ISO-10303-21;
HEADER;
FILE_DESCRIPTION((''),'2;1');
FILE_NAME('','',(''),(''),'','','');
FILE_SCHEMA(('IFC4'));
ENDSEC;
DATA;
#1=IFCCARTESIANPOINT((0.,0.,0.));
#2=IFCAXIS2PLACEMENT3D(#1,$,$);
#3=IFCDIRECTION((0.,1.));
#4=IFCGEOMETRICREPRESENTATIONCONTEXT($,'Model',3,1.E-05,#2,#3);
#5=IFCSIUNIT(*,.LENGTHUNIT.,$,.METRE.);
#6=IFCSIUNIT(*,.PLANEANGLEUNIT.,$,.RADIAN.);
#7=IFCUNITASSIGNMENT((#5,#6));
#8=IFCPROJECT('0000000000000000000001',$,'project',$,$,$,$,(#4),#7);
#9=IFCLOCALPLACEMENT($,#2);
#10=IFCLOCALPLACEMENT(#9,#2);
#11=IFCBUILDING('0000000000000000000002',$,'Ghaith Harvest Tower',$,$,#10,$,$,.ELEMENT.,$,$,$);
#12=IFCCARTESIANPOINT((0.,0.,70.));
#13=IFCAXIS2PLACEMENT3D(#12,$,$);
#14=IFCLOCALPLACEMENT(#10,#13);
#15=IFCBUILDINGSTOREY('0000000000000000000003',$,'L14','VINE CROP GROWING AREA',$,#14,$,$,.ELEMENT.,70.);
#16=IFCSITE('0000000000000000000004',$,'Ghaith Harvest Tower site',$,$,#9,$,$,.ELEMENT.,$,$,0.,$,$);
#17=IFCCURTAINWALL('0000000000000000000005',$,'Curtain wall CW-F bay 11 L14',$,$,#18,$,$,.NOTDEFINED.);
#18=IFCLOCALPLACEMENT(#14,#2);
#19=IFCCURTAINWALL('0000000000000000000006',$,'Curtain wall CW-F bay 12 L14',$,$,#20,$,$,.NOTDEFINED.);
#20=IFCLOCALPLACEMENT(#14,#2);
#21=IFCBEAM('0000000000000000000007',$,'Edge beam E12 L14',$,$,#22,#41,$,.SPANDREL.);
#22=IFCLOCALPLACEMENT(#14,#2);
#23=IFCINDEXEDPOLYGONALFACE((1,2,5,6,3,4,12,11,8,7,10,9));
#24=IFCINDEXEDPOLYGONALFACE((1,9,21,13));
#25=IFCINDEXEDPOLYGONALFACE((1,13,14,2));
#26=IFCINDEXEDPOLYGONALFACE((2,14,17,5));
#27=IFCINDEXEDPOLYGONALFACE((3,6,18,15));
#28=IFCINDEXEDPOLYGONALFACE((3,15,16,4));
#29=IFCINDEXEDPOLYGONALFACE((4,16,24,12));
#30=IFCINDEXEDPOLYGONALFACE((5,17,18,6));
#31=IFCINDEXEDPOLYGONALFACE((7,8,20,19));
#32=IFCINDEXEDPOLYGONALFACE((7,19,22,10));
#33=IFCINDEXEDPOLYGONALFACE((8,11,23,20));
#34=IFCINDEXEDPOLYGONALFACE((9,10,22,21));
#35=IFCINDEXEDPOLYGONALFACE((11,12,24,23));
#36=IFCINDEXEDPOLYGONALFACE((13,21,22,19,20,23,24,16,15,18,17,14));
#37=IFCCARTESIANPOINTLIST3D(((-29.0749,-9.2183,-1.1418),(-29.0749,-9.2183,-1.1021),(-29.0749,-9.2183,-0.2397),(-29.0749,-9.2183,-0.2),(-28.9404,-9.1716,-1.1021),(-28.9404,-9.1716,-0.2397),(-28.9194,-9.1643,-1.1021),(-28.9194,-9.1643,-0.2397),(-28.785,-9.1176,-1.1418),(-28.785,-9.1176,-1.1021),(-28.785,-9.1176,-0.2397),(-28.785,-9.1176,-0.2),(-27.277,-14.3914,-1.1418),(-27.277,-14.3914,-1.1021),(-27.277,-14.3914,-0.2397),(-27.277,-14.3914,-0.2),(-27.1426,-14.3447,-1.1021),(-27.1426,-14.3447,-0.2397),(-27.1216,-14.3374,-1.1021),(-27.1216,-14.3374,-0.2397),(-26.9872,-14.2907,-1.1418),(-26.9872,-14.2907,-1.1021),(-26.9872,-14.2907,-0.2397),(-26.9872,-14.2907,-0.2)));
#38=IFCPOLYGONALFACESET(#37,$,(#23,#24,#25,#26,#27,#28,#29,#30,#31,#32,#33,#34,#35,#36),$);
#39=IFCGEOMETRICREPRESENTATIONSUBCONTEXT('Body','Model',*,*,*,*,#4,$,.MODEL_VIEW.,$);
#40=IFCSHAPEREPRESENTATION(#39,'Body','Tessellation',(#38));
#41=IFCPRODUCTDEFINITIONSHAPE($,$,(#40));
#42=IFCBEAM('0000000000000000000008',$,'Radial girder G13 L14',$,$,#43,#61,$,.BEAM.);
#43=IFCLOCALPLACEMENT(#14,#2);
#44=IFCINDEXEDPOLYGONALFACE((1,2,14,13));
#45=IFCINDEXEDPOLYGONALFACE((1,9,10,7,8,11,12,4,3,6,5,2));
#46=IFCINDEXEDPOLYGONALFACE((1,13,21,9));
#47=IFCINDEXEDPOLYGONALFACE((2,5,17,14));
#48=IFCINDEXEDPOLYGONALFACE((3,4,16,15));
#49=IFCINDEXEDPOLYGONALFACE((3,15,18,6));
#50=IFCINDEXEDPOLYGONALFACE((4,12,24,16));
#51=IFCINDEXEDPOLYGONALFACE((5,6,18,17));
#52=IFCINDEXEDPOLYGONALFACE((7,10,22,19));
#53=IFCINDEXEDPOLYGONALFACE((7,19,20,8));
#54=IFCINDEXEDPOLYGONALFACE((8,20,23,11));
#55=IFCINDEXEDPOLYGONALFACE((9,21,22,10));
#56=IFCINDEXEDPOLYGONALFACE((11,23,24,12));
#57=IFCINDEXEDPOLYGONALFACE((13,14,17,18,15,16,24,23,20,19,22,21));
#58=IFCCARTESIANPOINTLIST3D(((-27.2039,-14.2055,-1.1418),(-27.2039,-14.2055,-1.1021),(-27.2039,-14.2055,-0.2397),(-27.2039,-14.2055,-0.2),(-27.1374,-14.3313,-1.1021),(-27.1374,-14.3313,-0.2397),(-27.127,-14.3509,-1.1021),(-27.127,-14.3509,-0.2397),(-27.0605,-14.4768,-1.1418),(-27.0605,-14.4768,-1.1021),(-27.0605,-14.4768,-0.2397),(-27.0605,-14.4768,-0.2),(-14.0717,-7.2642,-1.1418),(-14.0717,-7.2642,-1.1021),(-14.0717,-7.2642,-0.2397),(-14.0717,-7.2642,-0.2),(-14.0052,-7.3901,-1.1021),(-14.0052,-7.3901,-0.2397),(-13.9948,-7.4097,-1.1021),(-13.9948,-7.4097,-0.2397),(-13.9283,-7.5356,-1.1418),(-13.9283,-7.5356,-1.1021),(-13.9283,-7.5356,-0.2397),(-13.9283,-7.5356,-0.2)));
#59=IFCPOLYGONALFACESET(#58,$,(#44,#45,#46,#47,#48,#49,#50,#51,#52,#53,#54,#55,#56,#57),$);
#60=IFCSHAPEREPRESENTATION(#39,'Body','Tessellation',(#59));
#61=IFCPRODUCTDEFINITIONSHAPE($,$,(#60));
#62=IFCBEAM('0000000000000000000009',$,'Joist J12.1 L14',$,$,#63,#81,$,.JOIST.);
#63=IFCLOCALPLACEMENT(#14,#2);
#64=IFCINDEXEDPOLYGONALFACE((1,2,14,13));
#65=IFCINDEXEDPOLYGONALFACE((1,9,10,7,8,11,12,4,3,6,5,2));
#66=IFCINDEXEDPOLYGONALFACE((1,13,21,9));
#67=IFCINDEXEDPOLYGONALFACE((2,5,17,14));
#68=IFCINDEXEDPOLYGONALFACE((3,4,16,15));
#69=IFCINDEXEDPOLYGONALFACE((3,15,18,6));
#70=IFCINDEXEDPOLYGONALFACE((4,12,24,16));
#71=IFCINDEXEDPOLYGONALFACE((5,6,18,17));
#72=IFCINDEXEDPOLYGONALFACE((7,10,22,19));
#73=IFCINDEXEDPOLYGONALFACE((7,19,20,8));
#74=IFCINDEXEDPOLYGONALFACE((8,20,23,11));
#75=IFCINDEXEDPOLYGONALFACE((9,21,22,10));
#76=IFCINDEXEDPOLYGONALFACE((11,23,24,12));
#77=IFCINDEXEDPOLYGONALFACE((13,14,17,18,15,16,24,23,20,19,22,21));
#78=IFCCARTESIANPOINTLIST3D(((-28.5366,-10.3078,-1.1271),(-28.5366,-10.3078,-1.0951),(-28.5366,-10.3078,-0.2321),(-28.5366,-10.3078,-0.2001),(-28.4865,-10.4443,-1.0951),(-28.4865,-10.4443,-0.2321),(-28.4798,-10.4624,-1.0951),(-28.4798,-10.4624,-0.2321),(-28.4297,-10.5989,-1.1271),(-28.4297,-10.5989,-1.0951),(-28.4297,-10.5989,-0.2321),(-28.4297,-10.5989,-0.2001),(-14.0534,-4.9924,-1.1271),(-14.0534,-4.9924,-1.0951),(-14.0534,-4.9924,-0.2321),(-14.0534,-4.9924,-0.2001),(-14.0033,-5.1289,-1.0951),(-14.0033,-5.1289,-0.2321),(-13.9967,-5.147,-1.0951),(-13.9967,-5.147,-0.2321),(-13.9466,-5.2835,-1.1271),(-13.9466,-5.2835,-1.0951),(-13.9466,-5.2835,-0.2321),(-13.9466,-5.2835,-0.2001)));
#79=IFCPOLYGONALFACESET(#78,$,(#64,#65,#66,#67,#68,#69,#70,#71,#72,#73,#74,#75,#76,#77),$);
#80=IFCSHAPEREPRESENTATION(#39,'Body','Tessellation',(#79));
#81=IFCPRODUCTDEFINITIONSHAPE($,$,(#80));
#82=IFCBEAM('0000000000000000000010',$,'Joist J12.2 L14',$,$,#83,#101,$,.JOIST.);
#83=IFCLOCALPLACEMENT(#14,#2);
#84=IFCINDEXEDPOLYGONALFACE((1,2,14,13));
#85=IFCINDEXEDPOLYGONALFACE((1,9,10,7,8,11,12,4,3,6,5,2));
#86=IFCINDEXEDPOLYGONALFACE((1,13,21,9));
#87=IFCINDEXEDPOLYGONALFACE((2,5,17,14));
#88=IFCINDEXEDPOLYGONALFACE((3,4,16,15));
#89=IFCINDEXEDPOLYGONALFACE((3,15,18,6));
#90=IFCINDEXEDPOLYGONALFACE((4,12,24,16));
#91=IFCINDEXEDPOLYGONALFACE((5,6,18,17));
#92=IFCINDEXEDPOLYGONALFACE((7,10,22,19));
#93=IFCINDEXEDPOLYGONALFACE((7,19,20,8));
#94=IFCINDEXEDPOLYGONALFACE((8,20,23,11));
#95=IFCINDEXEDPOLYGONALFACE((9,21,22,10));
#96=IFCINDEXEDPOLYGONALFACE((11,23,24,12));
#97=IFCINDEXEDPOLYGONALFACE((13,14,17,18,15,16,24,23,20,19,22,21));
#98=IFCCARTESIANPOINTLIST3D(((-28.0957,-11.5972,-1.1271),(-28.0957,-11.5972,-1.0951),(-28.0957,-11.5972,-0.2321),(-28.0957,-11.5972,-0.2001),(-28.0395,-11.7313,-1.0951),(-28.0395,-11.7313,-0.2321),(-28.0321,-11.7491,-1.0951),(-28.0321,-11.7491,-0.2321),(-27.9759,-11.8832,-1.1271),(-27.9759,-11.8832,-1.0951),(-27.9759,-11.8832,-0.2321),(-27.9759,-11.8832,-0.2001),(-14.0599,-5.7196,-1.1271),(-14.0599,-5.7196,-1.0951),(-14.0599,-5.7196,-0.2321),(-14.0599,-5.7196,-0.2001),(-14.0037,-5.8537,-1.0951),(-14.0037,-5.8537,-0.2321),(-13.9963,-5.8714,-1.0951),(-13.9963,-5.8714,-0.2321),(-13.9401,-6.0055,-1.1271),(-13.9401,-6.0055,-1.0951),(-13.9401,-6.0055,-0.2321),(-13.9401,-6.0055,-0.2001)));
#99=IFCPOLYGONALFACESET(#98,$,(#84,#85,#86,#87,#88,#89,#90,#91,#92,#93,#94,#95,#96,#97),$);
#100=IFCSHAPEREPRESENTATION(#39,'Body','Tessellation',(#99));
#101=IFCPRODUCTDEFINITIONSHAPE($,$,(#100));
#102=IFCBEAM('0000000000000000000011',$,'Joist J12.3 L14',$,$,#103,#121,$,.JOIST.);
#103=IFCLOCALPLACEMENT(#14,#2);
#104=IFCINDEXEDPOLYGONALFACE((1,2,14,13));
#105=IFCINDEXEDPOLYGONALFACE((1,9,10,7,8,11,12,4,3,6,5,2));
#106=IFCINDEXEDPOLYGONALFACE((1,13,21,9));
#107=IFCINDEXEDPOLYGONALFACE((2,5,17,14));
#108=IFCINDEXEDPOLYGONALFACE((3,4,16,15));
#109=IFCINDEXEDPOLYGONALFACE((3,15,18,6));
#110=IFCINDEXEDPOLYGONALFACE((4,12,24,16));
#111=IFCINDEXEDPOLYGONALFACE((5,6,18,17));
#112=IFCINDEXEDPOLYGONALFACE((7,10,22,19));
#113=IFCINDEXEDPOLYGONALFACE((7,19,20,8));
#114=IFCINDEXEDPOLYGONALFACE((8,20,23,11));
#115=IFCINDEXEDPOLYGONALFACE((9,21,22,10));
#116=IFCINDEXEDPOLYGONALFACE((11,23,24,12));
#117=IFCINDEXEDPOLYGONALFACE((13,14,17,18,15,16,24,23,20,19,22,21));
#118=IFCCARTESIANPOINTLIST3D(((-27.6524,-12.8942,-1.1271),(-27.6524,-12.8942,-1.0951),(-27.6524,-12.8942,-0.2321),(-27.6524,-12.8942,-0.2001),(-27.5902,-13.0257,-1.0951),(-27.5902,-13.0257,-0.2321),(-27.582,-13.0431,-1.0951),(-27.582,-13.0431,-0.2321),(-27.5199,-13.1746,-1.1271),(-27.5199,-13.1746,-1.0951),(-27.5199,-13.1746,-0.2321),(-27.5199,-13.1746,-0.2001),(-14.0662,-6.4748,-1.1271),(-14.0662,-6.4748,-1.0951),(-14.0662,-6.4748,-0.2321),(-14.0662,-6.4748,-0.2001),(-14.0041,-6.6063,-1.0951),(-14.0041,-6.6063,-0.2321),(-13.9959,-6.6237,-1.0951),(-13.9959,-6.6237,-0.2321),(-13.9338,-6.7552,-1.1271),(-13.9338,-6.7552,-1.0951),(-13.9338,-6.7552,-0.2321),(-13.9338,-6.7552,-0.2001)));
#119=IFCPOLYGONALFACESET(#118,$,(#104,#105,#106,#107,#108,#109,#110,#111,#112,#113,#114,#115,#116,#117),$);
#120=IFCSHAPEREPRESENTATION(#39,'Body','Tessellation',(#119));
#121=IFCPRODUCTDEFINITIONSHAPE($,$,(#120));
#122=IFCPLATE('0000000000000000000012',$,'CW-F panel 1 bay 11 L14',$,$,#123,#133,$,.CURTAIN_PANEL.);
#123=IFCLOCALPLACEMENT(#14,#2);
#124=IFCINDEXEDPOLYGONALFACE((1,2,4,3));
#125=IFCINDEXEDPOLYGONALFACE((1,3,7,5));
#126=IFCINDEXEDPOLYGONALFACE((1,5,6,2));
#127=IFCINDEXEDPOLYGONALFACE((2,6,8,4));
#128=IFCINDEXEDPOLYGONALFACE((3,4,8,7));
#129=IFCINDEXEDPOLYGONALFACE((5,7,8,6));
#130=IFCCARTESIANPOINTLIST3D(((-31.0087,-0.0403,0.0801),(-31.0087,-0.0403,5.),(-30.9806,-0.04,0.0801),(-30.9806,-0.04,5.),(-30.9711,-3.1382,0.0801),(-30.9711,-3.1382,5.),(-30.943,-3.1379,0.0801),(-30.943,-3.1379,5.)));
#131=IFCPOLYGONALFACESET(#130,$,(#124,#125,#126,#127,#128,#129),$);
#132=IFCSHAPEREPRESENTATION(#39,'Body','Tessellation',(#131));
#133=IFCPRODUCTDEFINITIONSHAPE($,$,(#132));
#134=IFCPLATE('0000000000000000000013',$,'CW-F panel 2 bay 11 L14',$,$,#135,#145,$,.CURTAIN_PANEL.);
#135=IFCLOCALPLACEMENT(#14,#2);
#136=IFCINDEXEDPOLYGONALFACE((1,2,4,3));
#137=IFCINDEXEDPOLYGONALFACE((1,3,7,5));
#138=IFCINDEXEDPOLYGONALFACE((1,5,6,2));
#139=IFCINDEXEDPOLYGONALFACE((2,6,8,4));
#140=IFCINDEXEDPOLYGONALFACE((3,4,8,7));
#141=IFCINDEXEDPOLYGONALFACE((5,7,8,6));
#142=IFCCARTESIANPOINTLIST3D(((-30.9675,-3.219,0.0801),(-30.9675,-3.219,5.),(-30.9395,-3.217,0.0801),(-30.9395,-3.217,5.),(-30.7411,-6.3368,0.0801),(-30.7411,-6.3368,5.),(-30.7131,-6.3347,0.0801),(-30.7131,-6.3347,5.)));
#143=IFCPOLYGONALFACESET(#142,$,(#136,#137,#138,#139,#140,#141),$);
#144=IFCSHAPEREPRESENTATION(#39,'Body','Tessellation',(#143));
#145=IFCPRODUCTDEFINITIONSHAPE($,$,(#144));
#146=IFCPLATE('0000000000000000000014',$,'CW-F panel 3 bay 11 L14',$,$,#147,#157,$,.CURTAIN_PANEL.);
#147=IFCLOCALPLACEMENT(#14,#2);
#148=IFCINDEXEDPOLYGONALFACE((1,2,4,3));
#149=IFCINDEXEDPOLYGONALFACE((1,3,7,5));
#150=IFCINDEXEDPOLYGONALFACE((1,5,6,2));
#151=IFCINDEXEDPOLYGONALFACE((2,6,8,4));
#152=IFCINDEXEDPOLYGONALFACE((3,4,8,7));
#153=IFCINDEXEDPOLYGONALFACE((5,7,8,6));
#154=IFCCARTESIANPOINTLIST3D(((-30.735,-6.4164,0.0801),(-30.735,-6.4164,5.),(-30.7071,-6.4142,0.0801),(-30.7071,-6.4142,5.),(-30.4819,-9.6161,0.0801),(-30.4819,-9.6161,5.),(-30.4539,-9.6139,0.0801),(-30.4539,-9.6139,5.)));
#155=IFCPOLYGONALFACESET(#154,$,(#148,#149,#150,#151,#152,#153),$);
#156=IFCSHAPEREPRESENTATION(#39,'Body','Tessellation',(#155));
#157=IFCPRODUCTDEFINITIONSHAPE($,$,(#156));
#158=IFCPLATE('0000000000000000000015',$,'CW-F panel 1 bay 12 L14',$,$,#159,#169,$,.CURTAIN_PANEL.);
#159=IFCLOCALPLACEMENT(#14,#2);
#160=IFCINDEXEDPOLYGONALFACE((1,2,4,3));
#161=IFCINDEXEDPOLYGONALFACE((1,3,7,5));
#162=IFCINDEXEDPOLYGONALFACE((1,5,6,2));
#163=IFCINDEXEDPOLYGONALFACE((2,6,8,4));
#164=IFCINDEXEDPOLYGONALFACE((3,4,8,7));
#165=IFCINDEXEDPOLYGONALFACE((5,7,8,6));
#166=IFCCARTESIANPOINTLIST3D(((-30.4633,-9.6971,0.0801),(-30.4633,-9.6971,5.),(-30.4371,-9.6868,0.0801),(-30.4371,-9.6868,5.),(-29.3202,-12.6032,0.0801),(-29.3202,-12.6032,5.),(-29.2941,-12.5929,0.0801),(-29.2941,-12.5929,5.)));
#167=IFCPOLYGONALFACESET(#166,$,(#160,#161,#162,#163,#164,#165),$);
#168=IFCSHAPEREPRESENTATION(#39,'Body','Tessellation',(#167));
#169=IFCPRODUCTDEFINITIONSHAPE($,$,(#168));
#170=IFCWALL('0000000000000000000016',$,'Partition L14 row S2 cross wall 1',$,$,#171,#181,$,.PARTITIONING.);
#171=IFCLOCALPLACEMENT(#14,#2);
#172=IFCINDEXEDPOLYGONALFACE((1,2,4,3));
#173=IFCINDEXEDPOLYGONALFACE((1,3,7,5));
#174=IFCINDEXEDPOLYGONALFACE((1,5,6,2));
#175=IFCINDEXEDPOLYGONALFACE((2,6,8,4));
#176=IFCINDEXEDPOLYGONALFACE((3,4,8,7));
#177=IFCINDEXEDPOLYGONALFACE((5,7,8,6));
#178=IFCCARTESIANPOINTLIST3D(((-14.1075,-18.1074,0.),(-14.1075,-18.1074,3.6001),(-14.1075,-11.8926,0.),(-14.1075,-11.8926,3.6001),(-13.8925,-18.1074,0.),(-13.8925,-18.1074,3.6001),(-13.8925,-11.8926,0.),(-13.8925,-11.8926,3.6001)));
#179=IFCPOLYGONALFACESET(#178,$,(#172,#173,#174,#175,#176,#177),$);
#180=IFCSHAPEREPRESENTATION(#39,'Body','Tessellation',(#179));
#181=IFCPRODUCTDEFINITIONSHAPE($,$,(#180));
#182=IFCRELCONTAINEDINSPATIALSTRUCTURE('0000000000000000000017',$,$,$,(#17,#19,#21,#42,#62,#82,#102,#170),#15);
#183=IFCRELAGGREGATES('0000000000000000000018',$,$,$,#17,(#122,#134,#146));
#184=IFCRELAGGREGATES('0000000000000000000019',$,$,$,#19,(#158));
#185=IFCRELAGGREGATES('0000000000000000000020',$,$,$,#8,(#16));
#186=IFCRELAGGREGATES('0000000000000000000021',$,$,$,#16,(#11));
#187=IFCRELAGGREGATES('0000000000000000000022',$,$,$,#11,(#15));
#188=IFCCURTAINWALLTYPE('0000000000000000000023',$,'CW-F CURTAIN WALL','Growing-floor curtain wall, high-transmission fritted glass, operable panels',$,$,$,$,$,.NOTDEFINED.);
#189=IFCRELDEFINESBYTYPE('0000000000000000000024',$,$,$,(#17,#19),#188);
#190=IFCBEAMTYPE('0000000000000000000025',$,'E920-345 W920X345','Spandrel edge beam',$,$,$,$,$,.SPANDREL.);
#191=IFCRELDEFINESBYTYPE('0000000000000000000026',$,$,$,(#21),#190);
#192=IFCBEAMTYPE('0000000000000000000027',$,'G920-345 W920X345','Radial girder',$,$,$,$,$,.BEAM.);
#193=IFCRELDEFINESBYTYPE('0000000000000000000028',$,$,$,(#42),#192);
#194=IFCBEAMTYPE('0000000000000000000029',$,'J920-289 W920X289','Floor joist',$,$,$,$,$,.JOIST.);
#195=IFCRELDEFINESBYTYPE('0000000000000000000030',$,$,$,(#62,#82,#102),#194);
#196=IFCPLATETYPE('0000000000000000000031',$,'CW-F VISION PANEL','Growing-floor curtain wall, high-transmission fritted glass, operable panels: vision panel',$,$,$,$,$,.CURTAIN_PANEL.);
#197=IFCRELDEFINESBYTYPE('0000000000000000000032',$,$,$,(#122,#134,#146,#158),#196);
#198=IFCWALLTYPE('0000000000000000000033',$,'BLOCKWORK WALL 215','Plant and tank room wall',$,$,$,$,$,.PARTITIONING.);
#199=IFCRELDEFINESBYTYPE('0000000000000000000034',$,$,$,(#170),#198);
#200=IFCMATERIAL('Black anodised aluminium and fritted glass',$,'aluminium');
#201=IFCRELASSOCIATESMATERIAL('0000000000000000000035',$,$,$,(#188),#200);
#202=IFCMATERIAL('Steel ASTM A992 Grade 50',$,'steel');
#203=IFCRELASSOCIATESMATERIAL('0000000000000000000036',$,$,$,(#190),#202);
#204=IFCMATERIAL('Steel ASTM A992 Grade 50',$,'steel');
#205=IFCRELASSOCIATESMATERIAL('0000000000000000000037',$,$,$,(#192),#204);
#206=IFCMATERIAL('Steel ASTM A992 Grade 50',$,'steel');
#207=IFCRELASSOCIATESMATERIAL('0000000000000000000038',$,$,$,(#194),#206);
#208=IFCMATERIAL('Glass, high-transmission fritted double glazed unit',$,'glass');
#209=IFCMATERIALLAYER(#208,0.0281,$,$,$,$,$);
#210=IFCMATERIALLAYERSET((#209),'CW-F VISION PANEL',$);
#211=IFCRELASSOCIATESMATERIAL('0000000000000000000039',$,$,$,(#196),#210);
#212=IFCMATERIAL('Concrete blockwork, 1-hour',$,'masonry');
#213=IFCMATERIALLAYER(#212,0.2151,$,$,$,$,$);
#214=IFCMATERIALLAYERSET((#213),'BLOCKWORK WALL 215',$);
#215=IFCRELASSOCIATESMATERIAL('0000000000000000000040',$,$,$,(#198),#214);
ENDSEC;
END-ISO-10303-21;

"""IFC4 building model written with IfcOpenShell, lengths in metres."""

from ifc_helpers import new_model, si_unit, direction, frame, frame_2d, origin, origin_2d, place, context, subcontext, project, spatial, rectangle, i_section, extrude, material, layer, layer_set, material_profile, profile_set, type_object, element, aggregate, save


model = new_model("IFC4")

# Units and contexts
model_context = context("Model", 3, precision=1e-05, world=origin(), true_north=direction((0.0, 1.0)))
body_context = subcontext(model_context, "Body", "Model", "MODEL_VIEW")
ifc_project = project(units=[si_unit("LENGTHUNIT", "METRE"), si_unit("PLANEANGLEUNIT", "RADIAN")], contexts=[model_context])

# Site, building, storey
site_placement = place(None, origin())
site = spatial("IfcSite", under=ifc_project, at=site_placement, Name="Ghaith Harvest Tower site", CompositionType="ELEMENT", RefElevation=0.0)
building_placement = place(site_placement, origin())
building = spatial("IfcBuilding", under=site, at=building_placement, Name="Ghaith Harvest Tower", CompositionType="ELEMENT")
storey_placement = place(building_placement, frame((0.0, 0.0, 70.0)))
storey = spatial("IfcBuildingStorey", under=building, at=storey_placement, Name="L14", Description="VINE CROP GROWING AREA", CompositionType="ELEMENT", Elevation=70.0)

# Curtain walls
ifc_material_1 = material(Name="Black anodised aluminium and fritted glass", Category="aluminium")
curtain_wall_type = type_object("IfcCurtainWallType", Name="CW-F CURTAIN WALL", Description="Growing-floor curtain wall, high-transmission fritted glass, operable panels", PredefinedType="NOTDEFINED", material=ifc_material_1)
curtain_wall_1_placement = place(storey_placement, origin())
curtain_wall_1 = element("IfcCurtainWall", 1, at=curtain_wall_1_placement, inside=storey, type_object=curtain_wall_type, Name="Curtain wall CW-F bay 11 L14", PredefinedType="NOTDEFINED")
curtain_wall_2_placement = place(storey_placement, origin())
curtain_wall_2 = element("IfcCurtainWall", 2, at=curtain_wall_2_placement, inside=storey, type_object=curtain_wall_type, Name="Curtain wall CW-F bay 12 L14", PredefinedType="NOTDEFINED")

# Beams
ifc_material_2 = material(Name="Steel ASTM A992 Grade 50", Category="steel")
ifc_material_profile_1 = material_profile(ifc_material_2, i_section(OverallWidth=0.3069, OverallDepth=0.9419, WebThickness=0.0222, FlangeThickness=0.0398, at=origin_2d()), Name="W920X345")
ifc_profile_set_1 = profile_set([ifc_material_profile_1], Name="Steel ASTM A992 Grade 50")
beam_type_1 = type_object("IfcBeamType", Name="E920-345 W920X345", Description="Spandrel edge beam", PredefinedType="SPANDREL", material=ifc_profile_set_1)
beam_1_placement = place(storey_placement, frame((-28.9299, -9.168, -0.6709), z_axis=(0.328279, -0.944581, 0.0), x_axis=(0.944581, 0.328279, 0.0)))
element("IfcBeam", 3, at=beam_1_placement, inside=storey, type_object=beam_type_1, Name="Edge beam E12 L14", PredefinedType="SPANDREL", context=body_context, shape_type="SweptSolid", body=[
    extrude(i_section(OverallWidth=0.3069, OverallDepth=0.9419, WebThickness=0.0222, FlangeThickness=0.0398, at=origin_2d()), origin(), (0.0, 0.0, 1.0), 5.4766),
])
ifc_material_3 = material(Name="Steel ASTM A992 Grade 50", Category="steel")
ifc_material_profile_2 = material_profile(ifc_material_3, i_section(OverallWidth=0.3069, OverallDepth=0.9419, WebThickness=0.0222, FlangeThickness=0.0398, at=origin_2d()), Name="W920X345")
ifc_profile_set_2 = profile_set([ifc_material_profile_2], Name="Steel ASTM A992 Grade 50")
beam_type_2 = type_object("IfcBeamType", Name="G920-345 W920X345", Description="Radial girder", PredefinedType="BEAM", material=ifc_profile_set_2)
beam_2_placement = place(storey_placement, frame((-14.0, -7.3999, -0.6709), z_axis=(-0.884097, -0.467303, 0.0), x_axis=(0.467303, -0.884097, 0.0)))
element("IfcBeam", 4, at=beam_2_placement, inside=storey, type_object=beam_type_2, Name="Radial girder G13 L14", PredefinedType="BEAM", context=body_context, shape_type="SweptSolid", body=[
    extrude(i_section(OverallWidth=0.3069, OverallDepth=0.9419, WebThickness=0.0222, FlangeThickness=0.0398, at=origin_2d()), origin(), (0.0, 0.0, 1.0), 14.8538),
])
ifc_material_4 = material(Name="Steel ASTM A992 Grade 50", Category="steel")
ifc_material_profile_3 = material_profile(ifc_material_4, i_section(OverallWidth=0.3101, OverallDepth=0.927, WebThickness=0.0193, FlangeThickness=0.032, at=origin_2d()), Name="W920X289")
ifc_profile_set_3 = profile_set([ifc_material_profile_3], Name="Steel ASTM A992 Grade 50")
beam_type_3 = type_object("IfcBeamType", Name="J920-289 W920X289", Description="Floor joist", PredefinedType="JOIST", material=ifc_profile_set_3)
beam_3_placement = place(storey_placement, frame((-14.0, -5.1379, -0.6636), z_axis=(-0.938773, -0.344537, 0.0), x_axis=(0.344537, -0.938773, 0.0)))
element("IfcBeam", 5, at=beam_3_placement, inside=storey, type_object=beam_type_3, Name="Joist J12.1 L14", PredefinedType="JOIST", context=body_context, shape_type="SweptSolid", body=[
    extrude(i_section(OverallWidth=0.3101, OverallDepth=0.927, WebThickness=0.0193, FlangeThickness=0.032, at=origin_2d()), origin(), (0.0, 0.0, 1.0), 15.4277),
])
beam_4_placement = place(storey_placement, frame((-14.0, -5.8625, -0.6636), z_axis=(-0.92239, -0.386261, 0.0), x_axis=(0.386261, -0.92239, 0.0)))
element("IfcBeam", 6, at=beam_4_placement, inside=storey, type_object=beam_type_3, Name="Joist J12.2 L14", PredefinedType="JOIST", context=body_context, shape_type="SweptSolid", body=[
    extrude(i_section(OverallWidth=0.3101, OverallDepth=0.927, WebThickness=0.0193, FlangeThickness=0.032, at=origin_2d()), origin(), (0.0, 0.0, 1.0), 15.2168),
])
beam_5_placement = place(storey_placement, frame((-14.0, -6.615, -0.6636), z_axis=(-0.904153, -0.42721, 0.0), x_axis=(0.42721, -0.904153, 0.0)))
element("IfcBeam", 7, at=beam_5_placement, inside=storey, type_object=beam_type_3, Name="Joist J12.3 L14", PredefinedType="JOIST", context=body_context, shape_type="SweptSolid", body=[
    extrude(i_section(OverallWidth=0.3101, OverallDepth=0.927, WebThickness=0.0193, FlangeThickness=0.032, at=origin_2d()), origin(), (0.0, 0.0, 1.0), 15.0264),
])

# Plates
ifc_material_5 = material(Name="Glass, high-transmission fritted double glazed unit", Category="glass")
ifc_layer_1 = layer(ifc_material_5, 0.0281)
ifc_layer_set_1 = layer_set([ifc_layer_1], Name="CW-F VISION PANEL")
plate_type = type_object("IfcPlateType", Name="CW-F VISION PANEL", Description="Growing-floor curtain wall, high-transmission fritted glass, operable panels: vision panel", PredefinedType="CURTAIN_PANEL", material=ifc_layer_set_1)
plate_1_placement = place(storey_placement, frame((-30.9758, -1.5891, 0.0801), z_axis=(0.0, 0.0, 1.0), x_axis=(0.012133, -0.999926, 0.0)))
plate_1 = element("IfcPlate", 8, at=plate_1_placement, type_object=plate_type, Name="CW-F panel 1 bay 11 L14", PredefinedType="CURTAIN_PANEL", context=body_context, shape_type="SweptSolid", body=[
    extrude(rectangle(XDim=3.0981, YDim=0.0281, at=origin_2d()), origin(), (0.0, 0.0, 1.0), 4.9199),
])
plate_2_placement = place(storey_placement, frame((-30.8403, -4.7769, 0.0801), z_axis=(0.0, 0.0, 1.0), x_axis=(0.072421, -0.997374, 0.0)))
plate_2 = element("IfcPlate", 9, at=plate_2_placement, type_object=plate_type, Name="CW-F panel 2 bay 11 L14", PredefinedType="CURTAIN_PANEL", context=body_context, shape_type="SweptSolid", body=[
    extrude(rectangle(XDim=3.126, YDim=0.0281, at=origin_2d()), origin(), (0.0, 0.0, 1.0), 4.9199),
])
plate_3_placement = place(storey_placement, frame((-30.5945, -8.0151, 0.0801), z_axis=(0.0, 0.0, 1.0), x_axis=(0.078867, -0.996885, 0.0)))
plate_3 = element("IfcPlate", 10, at=plate_3_placement, type_object=plate_type, Name="CW-F panel 3 bay 11 L14", PredefinedType="CURTAIN_PANEL", context=body_context, shape_type="SweptSolid", body=[
    extrude(rectangle(XDim=3.2097, YDim=0.0281, at=origin_2d()), origin(), (0.0, 0.0, 1.0), 4.9199),
])
aggregate(curtain_wall_1, [plate_1, plate_2, plate_3])
plate_4_placement = place(storey_placement, frame((-29.8787, -11.145, 0.0801), z_axis=(0.0, 0.0, 1.0), x_axis=(0.36604, -0.930599, 0.0)))
plate_4 = element("IfcPlate", 11, at=plate_4_placement, type_object=plate_type, Name="CW-F panel 1 bay 12 L14", PredefinedType="CURTAIN_PANEL", context=body_context, shape_type="SweptSolid", body=[
    extrude(rectangle(XDim=3.1228, YDim=0.0281, at=origin_2d()), origin(), (0.0, 0.0, 1.0), 4.9199),
])
aggregate(curtain_wall_2, [plate_4])

# Wall
ifc_material_6 = material(Name="Concrete blockwork, 1-hour", Category="masonry")
ifc_layer_2 = layer(ifc_material_6, 0.2151)
ifc_layer_set_2 = layer_set([ifc_layer_2], Name="BLOCKWORK WALL 215")
wall_type_1 = type_object("IfcWallType", Name="BLOCKWORK WALL 215", Description="Plant and tank room wall", PredefinedType="PARTITIONING", material=ifc_layer_set_2)
wall_1_placement = place(storey_placement, frame((-14.0, -11.8926, 0.0), z_axis=(0.0, 0.0, 1.0), x_axis=(0.0, -1.0, 0.0)))
element("IfcWall", 12, at=wall_1_placement, inside=storey, type_object=wall_type_1, Name="Partition L14 row S2 cross wall 1", PredefinedType="PARTITIONING", context=body_context, shape_type="SweptSolid", body=[
    extrude(rectangle(XDim=6.2148, YDim=0.2151, at=frame_2d((3.1074, 0.0))), origin(), (0.0, 0.0, 1.0), 3.6001),
])

save(model, "model.ifc")
